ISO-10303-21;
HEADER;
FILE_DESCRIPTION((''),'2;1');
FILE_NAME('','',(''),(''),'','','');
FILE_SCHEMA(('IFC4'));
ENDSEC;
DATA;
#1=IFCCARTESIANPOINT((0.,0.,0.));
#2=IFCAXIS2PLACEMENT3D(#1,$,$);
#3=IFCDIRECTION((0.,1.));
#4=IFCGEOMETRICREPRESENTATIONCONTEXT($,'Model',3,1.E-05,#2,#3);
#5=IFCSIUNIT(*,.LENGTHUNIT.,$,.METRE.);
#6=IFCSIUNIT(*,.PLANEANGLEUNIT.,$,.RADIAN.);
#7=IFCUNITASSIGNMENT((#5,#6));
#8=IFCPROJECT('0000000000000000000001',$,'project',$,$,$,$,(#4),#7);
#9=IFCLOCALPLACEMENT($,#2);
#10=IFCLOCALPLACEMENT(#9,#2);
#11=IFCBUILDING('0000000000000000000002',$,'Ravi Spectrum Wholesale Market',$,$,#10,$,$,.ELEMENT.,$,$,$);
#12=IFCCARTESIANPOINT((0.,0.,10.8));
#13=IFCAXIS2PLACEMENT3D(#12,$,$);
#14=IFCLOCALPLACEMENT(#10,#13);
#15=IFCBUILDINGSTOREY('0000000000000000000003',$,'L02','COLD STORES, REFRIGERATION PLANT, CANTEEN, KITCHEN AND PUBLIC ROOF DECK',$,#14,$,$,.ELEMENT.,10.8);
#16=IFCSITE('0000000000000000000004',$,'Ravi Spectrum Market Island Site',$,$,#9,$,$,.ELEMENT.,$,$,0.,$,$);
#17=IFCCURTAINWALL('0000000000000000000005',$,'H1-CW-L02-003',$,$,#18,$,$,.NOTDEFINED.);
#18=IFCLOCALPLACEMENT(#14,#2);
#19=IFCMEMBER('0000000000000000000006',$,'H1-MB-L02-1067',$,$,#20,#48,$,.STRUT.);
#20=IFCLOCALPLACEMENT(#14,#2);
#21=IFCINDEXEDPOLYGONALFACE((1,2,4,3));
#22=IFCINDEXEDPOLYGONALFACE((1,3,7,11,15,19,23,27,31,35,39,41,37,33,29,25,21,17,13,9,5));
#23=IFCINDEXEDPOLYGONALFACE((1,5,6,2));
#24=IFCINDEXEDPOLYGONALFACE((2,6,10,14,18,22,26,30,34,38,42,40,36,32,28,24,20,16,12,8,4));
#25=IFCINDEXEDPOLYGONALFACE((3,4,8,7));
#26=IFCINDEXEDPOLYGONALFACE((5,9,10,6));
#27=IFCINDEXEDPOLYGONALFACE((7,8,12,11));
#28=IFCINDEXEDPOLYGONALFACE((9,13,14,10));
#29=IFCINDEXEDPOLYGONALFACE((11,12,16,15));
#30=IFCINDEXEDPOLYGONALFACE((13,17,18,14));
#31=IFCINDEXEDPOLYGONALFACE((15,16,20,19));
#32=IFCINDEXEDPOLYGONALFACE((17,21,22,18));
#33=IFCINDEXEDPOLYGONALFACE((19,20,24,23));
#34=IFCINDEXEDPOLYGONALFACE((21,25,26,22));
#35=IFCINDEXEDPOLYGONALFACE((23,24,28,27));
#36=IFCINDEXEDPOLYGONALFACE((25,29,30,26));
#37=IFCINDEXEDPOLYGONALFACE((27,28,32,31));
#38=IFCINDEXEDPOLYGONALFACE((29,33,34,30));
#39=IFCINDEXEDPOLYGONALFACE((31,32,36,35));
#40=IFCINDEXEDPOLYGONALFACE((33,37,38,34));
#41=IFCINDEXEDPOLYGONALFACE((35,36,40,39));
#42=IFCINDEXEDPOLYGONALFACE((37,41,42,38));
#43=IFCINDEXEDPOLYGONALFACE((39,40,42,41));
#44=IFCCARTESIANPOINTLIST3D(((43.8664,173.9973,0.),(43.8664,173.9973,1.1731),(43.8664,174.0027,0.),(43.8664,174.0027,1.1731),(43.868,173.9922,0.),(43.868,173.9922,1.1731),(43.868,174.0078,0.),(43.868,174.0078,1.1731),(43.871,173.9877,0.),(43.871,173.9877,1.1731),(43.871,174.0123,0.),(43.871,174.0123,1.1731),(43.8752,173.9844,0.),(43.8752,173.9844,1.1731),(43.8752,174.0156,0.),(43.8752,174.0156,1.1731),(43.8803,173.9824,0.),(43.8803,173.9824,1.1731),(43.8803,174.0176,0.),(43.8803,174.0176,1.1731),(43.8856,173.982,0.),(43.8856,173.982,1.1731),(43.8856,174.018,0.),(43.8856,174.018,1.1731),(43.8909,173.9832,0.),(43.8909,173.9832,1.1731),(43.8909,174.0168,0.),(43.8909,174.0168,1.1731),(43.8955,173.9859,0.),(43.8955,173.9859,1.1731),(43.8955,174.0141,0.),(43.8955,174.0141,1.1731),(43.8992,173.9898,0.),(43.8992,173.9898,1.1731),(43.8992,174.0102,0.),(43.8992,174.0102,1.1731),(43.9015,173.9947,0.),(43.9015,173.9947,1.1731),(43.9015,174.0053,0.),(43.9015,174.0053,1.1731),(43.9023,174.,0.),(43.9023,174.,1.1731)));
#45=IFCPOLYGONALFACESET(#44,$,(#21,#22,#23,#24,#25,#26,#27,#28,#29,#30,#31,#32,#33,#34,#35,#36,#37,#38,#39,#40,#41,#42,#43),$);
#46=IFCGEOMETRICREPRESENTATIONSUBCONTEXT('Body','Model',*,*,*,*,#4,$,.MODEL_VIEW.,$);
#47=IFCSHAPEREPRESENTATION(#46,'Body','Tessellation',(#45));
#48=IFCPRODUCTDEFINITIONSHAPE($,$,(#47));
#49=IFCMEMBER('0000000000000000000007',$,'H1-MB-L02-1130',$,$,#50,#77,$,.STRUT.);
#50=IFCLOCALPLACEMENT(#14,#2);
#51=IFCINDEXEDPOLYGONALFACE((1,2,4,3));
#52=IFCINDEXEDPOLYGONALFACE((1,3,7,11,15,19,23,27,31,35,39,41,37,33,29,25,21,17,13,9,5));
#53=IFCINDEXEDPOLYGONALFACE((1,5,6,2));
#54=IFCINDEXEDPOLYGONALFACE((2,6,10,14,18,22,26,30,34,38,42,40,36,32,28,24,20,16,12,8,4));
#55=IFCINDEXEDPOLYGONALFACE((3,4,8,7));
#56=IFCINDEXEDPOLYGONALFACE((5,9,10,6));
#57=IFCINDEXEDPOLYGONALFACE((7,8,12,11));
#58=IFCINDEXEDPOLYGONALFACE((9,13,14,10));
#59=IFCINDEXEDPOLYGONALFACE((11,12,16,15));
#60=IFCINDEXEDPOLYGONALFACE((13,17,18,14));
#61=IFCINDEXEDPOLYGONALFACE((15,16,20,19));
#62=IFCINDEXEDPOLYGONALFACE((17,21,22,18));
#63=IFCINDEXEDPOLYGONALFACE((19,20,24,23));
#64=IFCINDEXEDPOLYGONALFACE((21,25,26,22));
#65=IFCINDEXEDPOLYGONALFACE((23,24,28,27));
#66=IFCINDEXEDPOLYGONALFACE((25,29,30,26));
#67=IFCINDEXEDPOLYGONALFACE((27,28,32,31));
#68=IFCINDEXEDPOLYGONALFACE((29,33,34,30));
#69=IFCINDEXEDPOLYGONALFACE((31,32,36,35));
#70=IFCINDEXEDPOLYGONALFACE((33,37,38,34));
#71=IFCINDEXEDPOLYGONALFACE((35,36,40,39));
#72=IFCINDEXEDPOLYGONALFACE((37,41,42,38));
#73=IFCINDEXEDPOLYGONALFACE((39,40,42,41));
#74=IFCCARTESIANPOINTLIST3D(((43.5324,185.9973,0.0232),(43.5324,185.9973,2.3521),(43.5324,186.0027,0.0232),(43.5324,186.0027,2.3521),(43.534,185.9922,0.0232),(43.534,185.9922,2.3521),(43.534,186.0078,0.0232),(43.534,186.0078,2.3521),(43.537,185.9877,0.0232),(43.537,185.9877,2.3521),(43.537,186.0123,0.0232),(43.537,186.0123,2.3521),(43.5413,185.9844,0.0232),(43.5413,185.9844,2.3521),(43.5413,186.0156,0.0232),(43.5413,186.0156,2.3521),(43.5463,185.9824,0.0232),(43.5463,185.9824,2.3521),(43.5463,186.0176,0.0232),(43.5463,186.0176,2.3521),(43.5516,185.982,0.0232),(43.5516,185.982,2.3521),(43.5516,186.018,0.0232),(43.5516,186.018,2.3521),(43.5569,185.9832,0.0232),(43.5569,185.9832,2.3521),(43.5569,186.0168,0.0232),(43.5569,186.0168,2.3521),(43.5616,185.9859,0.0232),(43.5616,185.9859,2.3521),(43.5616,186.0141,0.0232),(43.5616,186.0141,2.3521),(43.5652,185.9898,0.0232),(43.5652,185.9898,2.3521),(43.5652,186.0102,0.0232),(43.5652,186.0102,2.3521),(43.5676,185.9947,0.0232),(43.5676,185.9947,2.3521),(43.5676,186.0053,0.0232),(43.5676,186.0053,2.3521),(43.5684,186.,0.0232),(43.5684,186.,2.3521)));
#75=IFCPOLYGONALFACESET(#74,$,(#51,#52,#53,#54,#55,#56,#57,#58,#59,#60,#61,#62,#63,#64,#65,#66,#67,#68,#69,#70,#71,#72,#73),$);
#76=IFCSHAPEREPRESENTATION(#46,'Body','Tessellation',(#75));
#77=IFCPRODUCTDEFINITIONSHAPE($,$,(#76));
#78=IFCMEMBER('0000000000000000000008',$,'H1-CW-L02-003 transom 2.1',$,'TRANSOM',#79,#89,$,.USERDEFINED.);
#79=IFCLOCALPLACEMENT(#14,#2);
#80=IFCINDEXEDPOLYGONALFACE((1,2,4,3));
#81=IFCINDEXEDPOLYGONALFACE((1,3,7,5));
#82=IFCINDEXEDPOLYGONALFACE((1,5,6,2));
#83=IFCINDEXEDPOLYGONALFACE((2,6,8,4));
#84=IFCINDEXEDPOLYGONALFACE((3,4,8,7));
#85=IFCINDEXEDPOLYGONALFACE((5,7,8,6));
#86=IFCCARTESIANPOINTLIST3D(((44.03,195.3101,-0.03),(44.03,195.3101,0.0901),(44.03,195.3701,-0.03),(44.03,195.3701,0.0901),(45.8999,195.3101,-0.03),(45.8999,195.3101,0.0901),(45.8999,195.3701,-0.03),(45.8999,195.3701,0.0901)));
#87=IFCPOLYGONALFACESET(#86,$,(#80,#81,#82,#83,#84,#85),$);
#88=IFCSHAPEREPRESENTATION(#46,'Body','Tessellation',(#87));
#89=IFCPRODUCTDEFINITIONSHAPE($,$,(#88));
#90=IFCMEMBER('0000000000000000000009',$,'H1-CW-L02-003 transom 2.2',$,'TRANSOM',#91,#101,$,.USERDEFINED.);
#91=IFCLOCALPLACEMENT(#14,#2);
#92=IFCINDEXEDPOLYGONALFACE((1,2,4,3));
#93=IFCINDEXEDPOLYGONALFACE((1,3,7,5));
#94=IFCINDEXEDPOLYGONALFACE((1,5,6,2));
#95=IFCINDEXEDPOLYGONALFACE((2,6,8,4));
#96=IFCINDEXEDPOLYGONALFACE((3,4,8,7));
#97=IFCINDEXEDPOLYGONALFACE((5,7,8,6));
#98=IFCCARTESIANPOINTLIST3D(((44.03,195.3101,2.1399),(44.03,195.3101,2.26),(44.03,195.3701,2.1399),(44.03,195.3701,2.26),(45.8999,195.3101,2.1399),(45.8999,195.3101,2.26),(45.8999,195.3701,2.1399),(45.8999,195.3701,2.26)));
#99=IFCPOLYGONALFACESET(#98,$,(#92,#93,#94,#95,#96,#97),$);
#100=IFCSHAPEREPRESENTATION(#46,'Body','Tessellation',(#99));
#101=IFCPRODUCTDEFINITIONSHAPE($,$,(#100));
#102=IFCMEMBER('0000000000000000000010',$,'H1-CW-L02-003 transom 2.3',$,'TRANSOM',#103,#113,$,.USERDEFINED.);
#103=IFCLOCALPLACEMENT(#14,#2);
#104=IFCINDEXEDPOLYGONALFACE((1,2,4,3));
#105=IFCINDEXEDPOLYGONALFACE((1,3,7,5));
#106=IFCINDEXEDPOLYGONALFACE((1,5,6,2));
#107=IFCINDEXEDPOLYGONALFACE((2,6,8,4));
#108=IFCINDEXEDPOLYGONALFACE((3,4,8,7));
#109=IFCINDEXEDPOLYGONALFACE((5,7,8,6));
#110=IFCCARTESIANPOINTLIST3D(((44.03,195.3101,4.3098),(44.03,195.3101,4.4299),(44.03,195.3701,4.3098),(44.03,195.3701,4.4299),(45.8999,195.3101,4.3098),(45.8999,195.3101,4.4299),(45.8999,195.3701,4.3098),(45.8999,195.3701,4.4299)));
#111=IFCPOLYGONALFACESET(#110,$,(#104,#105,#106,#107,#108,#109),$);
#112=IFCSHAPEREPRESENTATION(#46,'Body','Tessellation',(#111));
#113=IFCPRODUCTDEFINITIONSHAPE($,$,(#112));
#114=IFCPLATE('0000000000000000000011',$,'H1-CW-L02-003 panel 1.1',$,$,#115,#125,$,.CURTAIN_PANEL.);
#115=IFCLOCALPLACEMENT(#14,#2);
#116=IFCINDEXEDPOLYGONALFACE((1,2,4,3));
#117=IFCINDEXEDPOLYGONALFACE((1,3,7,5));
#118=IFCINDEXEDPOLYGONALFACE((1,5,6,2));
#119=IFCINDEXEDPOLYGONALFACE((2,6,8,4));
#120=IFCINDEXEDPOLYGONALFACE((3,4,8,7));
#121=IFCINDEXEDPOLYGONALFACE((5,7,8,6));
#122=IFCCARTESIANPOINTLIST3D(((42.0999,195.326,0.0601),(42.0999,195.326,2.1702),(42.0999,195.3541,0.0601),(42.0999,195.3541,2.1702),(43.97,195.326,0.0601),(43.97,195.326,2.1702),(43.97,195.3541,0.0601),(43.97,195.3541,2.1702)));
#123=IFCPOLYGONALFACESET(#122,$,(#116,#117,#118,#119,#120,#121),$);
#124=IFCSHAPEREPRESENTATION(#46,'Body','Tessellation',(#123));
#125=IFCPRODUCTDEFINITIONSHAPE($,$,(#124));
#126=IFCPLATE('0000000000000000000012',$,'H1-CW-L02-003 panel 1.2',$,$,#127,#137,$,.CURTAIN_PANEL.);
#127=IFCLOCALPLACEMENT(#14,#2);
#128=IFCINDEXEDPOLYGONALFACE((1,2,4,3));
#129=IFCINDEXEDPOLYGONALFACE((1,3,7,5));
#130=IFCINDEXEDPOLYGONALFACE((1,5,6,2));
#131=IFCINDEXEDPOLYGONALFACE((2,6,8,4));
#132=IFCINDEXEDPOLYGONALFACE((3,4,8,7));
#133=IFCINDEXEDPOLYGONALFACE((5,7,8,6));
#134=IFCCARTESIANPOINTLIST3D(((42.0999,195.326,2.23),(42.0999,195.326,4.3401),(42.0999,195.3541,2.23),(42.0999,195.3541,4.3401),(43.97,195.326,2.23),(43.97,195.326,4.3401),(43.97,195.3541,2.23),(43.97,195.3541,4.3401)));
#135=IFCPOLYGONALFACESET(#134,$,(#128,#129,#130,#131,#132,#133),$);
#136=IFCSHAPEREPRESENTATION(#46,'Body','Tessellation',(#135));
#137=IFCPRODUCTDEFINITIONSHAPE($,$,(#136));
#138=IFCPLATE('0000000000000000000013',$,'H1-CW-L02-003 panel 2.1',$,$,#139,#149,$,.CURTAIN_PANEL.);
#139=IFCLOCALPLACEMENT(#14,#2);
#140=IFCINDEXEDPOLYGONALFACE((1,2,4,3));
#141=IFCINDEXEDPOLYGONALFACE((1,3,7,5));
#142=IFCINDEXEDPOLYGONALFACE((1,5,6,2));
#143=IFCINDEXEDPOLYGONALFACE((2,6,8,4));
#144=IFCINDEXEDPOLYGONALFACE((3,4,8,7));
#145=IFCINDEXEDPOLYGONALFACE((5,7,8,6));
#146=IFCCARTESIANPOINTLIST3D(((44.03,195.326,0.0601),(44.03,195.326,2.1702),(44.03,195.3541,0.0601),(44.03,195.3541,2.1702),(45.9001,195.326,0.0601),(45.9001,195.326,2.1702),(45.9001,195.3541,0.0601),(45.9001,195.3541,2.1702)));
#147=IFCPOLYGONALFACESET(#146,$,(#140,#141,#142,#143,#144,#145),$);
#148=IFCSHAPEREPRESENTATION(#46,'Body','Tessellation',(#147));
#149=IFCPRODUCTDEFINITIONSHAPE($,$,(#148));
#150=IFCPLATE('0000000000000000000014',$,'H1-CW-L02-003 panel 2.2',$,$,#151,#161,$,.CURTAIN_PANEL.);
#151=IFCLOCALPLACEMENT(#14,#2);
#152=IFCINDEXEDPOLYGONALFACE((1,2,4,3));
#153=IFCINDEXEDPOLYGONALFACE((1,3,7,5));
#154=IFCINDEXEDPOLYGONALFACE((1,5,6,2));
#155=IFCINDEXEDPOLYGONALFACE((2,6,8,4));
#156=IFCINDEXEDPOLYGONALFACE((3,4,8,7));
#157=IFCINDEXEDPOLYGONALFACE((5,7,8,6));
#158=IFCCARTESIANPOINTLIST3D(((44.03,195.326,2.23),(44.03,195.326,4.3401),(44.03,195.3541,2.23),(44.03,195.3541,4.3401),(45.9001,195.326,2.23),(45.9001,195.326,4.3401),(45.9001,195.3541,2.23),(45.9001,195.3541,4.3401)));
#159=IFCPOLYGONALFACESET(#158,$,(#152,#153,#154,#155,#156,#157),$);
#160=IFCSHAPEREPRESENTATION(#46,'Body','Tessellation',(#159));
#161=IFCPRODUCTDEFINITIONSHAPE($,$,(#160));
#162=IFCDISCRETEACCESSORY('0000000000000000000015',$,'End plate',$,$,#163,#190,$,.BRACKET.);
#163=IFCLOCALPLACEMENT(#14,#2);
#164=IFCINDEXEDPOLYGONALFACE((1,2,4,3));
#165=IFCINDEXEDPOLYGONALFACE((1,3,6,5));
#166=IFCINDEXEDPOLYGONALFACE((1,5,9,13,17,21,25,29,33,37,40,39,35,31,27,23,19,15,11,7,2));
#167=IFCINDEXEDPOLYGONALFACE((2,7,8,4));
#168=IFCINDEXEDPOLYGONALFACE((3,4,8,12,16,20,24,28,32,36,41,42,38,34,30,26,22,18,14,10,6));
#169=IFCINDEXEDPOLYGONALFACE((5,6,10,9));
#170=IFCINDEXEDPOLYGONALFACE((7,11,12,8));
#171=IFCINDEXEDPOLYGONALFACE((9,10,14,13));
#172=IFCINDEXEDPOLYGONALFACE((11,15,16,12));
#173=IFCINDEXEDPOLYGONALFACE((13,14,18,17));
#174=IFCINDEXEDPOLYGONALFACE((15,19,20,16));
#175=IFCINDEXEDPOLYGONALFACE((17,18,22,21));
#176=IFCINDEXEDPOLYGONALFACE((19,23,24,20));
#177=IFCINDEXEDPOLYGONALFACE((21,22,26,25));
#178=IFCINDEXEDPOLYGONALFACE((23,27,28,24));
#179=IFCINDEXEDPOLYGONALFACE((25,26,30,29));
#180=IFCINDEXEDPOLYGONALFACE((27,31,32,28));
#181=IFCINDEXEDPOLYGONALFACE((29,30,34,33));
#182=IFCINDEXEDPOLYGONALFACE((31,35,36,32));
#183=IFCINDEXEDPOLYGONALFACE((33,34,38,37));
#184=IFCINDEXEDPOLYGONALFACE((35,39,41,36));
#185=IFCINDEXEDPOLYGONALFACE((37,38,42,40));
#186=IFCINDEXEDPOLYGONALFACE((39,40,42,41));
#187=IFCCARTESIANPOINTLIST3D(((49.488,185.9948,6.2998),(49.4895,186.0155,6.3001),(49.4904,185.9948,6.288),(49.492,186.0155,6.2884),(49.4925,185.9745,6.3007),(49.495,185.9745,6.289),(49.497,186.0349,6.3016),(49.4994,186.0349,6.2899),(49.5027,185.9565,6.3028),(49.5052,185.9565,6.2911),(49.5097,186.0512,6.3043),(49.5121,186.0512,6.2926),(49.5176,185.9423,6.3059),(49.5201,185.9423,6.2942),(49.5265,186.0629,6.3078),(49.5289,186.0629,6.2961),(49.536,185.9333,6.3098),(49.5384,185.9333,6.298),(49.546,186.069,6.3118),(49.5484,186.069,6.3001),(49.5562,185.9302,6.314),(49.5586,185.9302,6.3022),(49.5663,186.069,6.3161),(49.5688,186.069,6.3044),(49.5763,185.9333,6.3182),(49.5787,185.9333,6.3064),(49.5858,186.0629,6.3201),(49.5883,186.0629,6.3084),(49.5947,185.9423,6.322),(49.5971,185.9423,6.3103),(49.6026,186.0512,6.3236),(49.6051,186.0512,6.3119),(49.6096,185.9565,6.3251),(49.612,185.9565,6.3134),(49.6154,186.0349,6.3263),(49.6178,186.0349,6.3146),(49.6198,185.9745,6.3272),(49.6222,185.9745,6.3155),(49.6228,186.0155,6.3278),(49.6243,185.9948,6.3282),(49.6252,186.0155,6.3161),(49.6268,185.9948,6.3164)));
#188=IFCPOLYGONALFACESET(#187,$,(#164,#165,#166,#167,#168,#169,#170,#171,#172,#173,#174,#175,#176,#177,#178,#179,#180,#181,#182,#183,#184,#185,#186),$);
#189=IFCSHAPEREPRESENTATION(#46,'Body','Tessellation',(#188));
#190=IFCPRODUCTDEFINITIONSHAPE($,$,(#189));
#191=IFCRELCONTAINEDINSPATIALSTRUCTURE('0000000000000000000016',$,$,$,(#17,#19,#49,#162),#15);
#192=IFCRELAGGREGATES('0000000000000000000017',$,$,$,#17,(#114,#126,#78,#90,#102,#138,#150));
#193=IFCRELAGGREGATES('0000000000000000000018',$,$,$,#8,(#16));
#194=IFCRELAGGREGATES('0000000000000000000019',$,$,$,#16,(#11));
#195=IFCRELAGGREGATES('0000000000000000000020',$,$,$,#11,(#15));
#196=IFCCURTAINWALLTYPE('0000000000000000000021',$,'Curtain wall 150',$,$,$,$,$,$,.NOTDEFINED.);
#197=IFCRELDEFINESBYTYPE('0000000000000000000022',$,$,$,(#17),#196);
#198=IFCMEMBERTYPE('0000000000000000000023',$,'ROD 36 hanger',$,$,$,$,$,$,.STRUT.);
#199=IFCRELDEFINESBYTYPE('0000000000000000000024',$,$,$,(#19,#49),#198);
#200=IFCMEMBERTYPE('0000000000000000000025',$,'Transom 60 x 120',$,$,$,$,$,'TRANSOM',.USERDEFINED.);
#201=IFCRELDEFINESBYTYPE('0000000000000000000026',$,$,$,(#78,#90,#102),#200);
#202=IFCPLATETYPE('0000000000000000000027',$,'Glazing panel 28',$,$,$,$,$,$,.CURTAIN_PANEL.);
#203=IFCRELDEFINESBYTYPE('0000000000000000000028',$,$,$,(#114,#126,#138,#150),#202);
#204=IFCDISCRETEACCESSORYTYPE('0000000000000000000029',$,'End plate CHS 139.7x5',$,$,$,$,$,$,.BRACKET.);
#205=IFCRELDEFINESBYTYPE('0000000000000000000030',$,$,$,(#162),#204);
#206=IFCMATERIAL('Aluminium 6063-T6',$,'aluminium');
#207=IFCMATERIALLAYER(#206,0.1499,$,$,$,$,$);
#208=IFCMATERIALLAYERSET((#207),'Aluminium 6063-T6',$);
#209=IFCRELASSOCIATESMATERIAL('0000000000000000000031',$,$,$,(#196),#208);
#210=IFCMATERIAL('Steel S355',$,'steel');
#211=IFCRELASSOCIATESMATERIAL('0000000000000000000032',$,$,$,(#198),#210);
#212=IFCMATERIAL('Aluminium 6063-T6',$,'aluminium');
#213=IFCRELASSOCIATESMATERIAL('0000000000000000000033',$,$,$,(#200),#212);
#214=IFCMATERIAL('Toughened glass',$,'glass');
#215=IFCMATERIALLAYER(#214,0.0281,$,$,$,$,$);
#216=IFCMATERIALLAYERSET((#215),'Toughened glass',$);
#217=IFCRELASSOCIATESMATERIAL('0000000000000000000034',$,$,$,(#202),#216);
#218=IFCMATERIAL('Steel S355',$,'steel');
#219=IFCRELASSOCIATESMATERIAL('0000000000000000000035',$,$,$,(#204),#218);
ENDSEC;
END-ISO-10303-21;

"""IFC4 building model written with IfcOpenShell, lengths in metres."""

from ifc_helpers import new_model, si_unit, direction, frame, origin, origin_2d, place, context, subcontext, project, spatial, rectangle, circle, extrude, material, layer, layer_set, material_profile, profile_set, type_object, element, aggregate, save


model = new_model("IFC4")

# Units and contexts
model_context = context("Model", 3, precision=1e-05, world=origin(), true_north=direction((0.0, 1.0)))
body_context = subcontext(model_context, "Body", "Model", "MODEL_VIEW")
ifc_project = project(units=[si_unit("LENGTHUNIT", "METRE"), si_unit("PLANEANGLEUNIT", "RADIAN")], contexts=[model_context])

# Site, building, storey
site_placement = place(None, origin())
site = spatial("IfcSite", under=ifc_project, at=site_placement, Name="Ravi Spectrum Market Island Site", CompositionType="ELEMENT", RefElevation=0.0)
building_placement = place(site_placement, origin())
building = spatial("IfcBuilding", under=site, at=building_placement, Name="Ravi Spectrum Wholesale Market", CompositionType="ELEMENT")
storey_placement = place(building_placement, frame((0.0, 0.0, 10.8)))
storey = spatial("IfcBuildingStorey", under=building, at=storey_placement, Name="L02", Description="COLD STORES, REFRIGERATION PLANT, CANTEEN, KITCHEN AND PUBLIC ROOF DECK", CompositionType="ELEMENT", Elevation=10.8)

# Curtain wall
ifc_material_1 = material(Name="Aluminium 6063-T6", Category="aluminium")
ifc_layer_1 = layer(ifc_material_1, 0.1499)
ifc_layer_set_1 = layer_set([ifc_layer_1], Name="Aluminium 6063-T6")
curtain_wall_type = type_object("IfcCurtainWallType", Name="Curtain wall 150", PredefinedType="NOTDEFINED", material=ifc_layer_set_1)
curtain_wall_placement = place(storey_placement, origin())
curtain_wall = element("IfcCurtainWall", 1, at=curtain_wall_placement, inside=storey, type_object=curtain_wall_type, Name="H1-CW-L02-003", PredefinedType="NOTDEFINED")

# Members
ifc_material_2 = material(Name="Steel S355", Category="steel")
ifc_material_profile_1 = material_profile(ifc_material_2, circle(Radius=0.0181, at=origin_2d()))
ifc_profile_set_1 = profile_set([ifc_material_profile_1], Name="Steel S355")
member_type_1 = type_object("IfcMemberType", Name="ROD 36 hanger", PredefinedType="STRUT", material=ifc_profile_set_1)
member_1_placement = place(storey_placement, frame((43.8843, 174.0, 0.0), z_axis=(0.0, 0.0, 1.0), x_axis=(1.0, 0.0, 0.0)))
element("IfcMember", 2, at=member_1_placement, inside=storey, type_object=member_type_1, Name="H1-MB-L02-1067", PredefinedType="STRUT", context=body_context, shape_type="SweptSolid", body=[
    extrude(circle(Radius=0.0181, at=origin_2d()), origin(), (0.0, 0.0, 1.0), 1.1731),
])
member_2_placement = place(storey_placement, frame((43.5503, 186.0, 0.0232), z_axis=(0.0, 0.0, 1.0), x_axis=(1.0, 0.0, 0.0)))
element("IfcMember", 3, at=member_2_placement, inside=storey, type_object=member_type_1, Name="H1-MB-L02-1130", PredefinedType="STRUT", context=body_context, shape_type="SweptSolid", body=[
    extrude(circle(Radius=0.0181, at=origin_2d()), origin(), (0.0, 0.0, 1.0), 2.3289),
])

# Members
ifc_material_3 = material(Name="Aluminium 6063-T6", Category="aluminium")
ifc_material_profile_2 = material_profile(ifc_material_3, rectangle(XDim=0.0601, YDim=0.1201, at=origin_2d()))
ifc_profile_set_2 = profile_set([ifc_material_profile_2], Name="Aluminium 6063-T6")
member_type_2 = type_object("IfcMemberType", Name="Transom 60 x 120", ElementType="TRANSOM", PredefinedType="USERDEFINED", material=ifc_profile_set_2)
member_3_placement = place(storey_placement, frame((44.03, 195.3401, 0.03), z_axis=(1.0, 0.0, 0.0), x_axis=(0.0, 1.0, 0.0)))
member_3 = element("IfcMember", 4, at=member_3_placement, type_object=member_type_2, Name="H1-CW-L02-003 transom 2.1", ObjectType="TRANSOM", PredefinedType="USERDEFINED", context=body_context, shape_type="SweptSolid", body=[
    extrude(rectangle(XDim=0.0601, YDim=0.1201, at=origin_2d()), origin(), (0.0, 0.0, 1.0), 1.8699),
])
member_4_placement = place(storey_placement, frame((44.03, 195.3401, 2.2), z_axis=(1.0, 0.0, 0.0), x_axis=(0.0, 1.0, 0.0)))
member_4 = element("IfcMember", 5, at=member_4_placement, type_object=member_type_2, Name="H1-CW-L02-003 transom 2.2", ObjectType="TRANSOM", PredefinedType="USERDEFINED", context=body_context, shape_type="SweptSolid", body=[
    extrude(rectangle(XDim=0.0601, YDim=0.1201, at=origin_2d()), origin(), (0.0, 0.0, 1.0), 1.8699),
])
member_5_placement = place(storey_placement, frame((44.03, 195.3401, 4.3699), z_axis=(1.0, 0.0, 0.0), x_axis=(0.0, 1.0, 0.0)))
member_5 = element("IfcMember", 6, at=member_5_placement, type_object=member_type_2, Name="H1-CW-L02-003 transom 2.3", ObjectType="TRANSOM", PredefinedType="USERDEFINED", context=body_context, shape_type="SweptSolid", body=[
    extrude(rectangle(XDim=0.0601, YDim=0.1201, at=origin_2d()), origin(), (0.0, 0.0, 1.0), 1.8699),
])

# Plates
ifc_material_4 = material(Name="Toughened glass", Category="glass")
ifc_layer_2 = layer(ifc_material_4, 0.0281)
ifc_layer_set_2 = layer_set([ifc_layer_2], Name="Toughened glass")
plate_type = type_object("IfcPlateType", Name="Glazing panel 28", PredefinedType="CURTAIN_PANEL", material=ifc_layer_set_2)
plate_1_placement = place(storey_placement, frame((43.0349, 195.3401, 0.0601), z_axis=(0.0, 0.0, 1.0), x_axis=(1.0, 0.0, 0.0)))
plate_1 = element("IfcPlate", 7, at=plate_1_placement, type_object=plate_type, Name="H1-CW-L02-003 panel 1.1", PredefinedType="CURTAIN_PANEL", context=body_context, shape_type="SweptSolid", body=[
    extrude(rectangle(XDim=1.8701, YDim=0.0281, at=origin_2d()), origin(), (0.0, 0.0, 1.0), 2.1101),
])
plate_2_placement = place(storey_placement, frame((43.0349, 195.3401, 2.23), z_axis=(0.0, 0.0, 1.0), x_axis=(1.0, 0.0, 0.0)))
plate_2 = element("IfcPlate", 8, at=plate_2_placement, type_object=plate_type, Name="H1-CW-L02-003 panel 1.2", PredefinedType="CURTAIN_PANEL", context=body_context, shape_type="SweptSolid", body=[
    extrude(rectangle(XDim=1.8701, YDim=0.0281, at=origin_2d()), origin(), (0.0, 0.0, 1.0), 2.1101),
])
plate_3_placement = place(storey_placement, frame((44.9651, 195.3401, 0.0601), z_axis=(0.0, 0.0, 1.0), x_axis=(1.0, 0.0, 0.0)))
plate_3 = element("IfcPlate", 9, at=plate_3_placement, type_object=plate_type, Name="H1-CW-L02-003 panel 2.1", PredefinedType="CURTAIN_PANEL", context=body_context, shape_type="SweptSolid", body=[
    extrude(rectangle(XDim=1.8701, YDim=0.0281, at=origin_2d()), origin(), (0.0, 0.0, 1.0), 2.1101),
])
plate_4_placement = place(storey_placement, frame((44.9651, 195.3401, 2.23), z_axis=(0.0, 0.0, 1.0), x_axis=(1.0, 0.0, 0.0)))
plate_4 = element("IfcPlate", 10, at=plate_4_placement, type_object=plate_type, Name="H1-CW-L02-003 panel 2.2", PredefinedType="CURTAIN_PANEL", context=body_context, shape_type="SweptSolid", body=[
    extrude(rectangle(XDim=1.8701, YDim=0.0281, at=origin_2d()), origin(), (0.0, 0.0, 1.0), 2.1101),
])
aggregate(curtain_wall, [plate_1, plate_2, member_3, member_4, member_5, plate_3, plate_4])

# Discrete accessory
ifc_material_5 = material(Name="Steel S355", Category="steel")
ifc_material_profile_3 = material_profile(ifc_material_5, circle(Radius=0.0698, at=origin_2d()))
ifc_profile_set_3 = profile_set([ifc_material_profile_3], Name="Steel S355")
discrete_accessory_type_1 = type_object("IfcDiscreteAccessoryType", Name="End plate CHS 139.7x5", PredefinedType="BRACKET", material=ifc_profile_set_3)
discrete_accessory_placement = place(storey_placement, frame((49.5586, 186.0, 6.3022), z_axis=(-0.203954, 0.0, 0.97898), x_axis=(0.0, -1.0, 0.0)))
element("IfcDiscreteAccessory", 11, at=discrete_accessory_placement, inside=storey, type_object=discrete_accessory_type_1, Name="End plate", PredefinedType="BRACKET", context=body_context, shape_type="SweptSolid", body=[
    extrude(circle(Radius=0.0698, at=origin_2d()), origin(), (0.0, 0.0, 1.0), 0.012),
])

save(model, "model.ifc")
